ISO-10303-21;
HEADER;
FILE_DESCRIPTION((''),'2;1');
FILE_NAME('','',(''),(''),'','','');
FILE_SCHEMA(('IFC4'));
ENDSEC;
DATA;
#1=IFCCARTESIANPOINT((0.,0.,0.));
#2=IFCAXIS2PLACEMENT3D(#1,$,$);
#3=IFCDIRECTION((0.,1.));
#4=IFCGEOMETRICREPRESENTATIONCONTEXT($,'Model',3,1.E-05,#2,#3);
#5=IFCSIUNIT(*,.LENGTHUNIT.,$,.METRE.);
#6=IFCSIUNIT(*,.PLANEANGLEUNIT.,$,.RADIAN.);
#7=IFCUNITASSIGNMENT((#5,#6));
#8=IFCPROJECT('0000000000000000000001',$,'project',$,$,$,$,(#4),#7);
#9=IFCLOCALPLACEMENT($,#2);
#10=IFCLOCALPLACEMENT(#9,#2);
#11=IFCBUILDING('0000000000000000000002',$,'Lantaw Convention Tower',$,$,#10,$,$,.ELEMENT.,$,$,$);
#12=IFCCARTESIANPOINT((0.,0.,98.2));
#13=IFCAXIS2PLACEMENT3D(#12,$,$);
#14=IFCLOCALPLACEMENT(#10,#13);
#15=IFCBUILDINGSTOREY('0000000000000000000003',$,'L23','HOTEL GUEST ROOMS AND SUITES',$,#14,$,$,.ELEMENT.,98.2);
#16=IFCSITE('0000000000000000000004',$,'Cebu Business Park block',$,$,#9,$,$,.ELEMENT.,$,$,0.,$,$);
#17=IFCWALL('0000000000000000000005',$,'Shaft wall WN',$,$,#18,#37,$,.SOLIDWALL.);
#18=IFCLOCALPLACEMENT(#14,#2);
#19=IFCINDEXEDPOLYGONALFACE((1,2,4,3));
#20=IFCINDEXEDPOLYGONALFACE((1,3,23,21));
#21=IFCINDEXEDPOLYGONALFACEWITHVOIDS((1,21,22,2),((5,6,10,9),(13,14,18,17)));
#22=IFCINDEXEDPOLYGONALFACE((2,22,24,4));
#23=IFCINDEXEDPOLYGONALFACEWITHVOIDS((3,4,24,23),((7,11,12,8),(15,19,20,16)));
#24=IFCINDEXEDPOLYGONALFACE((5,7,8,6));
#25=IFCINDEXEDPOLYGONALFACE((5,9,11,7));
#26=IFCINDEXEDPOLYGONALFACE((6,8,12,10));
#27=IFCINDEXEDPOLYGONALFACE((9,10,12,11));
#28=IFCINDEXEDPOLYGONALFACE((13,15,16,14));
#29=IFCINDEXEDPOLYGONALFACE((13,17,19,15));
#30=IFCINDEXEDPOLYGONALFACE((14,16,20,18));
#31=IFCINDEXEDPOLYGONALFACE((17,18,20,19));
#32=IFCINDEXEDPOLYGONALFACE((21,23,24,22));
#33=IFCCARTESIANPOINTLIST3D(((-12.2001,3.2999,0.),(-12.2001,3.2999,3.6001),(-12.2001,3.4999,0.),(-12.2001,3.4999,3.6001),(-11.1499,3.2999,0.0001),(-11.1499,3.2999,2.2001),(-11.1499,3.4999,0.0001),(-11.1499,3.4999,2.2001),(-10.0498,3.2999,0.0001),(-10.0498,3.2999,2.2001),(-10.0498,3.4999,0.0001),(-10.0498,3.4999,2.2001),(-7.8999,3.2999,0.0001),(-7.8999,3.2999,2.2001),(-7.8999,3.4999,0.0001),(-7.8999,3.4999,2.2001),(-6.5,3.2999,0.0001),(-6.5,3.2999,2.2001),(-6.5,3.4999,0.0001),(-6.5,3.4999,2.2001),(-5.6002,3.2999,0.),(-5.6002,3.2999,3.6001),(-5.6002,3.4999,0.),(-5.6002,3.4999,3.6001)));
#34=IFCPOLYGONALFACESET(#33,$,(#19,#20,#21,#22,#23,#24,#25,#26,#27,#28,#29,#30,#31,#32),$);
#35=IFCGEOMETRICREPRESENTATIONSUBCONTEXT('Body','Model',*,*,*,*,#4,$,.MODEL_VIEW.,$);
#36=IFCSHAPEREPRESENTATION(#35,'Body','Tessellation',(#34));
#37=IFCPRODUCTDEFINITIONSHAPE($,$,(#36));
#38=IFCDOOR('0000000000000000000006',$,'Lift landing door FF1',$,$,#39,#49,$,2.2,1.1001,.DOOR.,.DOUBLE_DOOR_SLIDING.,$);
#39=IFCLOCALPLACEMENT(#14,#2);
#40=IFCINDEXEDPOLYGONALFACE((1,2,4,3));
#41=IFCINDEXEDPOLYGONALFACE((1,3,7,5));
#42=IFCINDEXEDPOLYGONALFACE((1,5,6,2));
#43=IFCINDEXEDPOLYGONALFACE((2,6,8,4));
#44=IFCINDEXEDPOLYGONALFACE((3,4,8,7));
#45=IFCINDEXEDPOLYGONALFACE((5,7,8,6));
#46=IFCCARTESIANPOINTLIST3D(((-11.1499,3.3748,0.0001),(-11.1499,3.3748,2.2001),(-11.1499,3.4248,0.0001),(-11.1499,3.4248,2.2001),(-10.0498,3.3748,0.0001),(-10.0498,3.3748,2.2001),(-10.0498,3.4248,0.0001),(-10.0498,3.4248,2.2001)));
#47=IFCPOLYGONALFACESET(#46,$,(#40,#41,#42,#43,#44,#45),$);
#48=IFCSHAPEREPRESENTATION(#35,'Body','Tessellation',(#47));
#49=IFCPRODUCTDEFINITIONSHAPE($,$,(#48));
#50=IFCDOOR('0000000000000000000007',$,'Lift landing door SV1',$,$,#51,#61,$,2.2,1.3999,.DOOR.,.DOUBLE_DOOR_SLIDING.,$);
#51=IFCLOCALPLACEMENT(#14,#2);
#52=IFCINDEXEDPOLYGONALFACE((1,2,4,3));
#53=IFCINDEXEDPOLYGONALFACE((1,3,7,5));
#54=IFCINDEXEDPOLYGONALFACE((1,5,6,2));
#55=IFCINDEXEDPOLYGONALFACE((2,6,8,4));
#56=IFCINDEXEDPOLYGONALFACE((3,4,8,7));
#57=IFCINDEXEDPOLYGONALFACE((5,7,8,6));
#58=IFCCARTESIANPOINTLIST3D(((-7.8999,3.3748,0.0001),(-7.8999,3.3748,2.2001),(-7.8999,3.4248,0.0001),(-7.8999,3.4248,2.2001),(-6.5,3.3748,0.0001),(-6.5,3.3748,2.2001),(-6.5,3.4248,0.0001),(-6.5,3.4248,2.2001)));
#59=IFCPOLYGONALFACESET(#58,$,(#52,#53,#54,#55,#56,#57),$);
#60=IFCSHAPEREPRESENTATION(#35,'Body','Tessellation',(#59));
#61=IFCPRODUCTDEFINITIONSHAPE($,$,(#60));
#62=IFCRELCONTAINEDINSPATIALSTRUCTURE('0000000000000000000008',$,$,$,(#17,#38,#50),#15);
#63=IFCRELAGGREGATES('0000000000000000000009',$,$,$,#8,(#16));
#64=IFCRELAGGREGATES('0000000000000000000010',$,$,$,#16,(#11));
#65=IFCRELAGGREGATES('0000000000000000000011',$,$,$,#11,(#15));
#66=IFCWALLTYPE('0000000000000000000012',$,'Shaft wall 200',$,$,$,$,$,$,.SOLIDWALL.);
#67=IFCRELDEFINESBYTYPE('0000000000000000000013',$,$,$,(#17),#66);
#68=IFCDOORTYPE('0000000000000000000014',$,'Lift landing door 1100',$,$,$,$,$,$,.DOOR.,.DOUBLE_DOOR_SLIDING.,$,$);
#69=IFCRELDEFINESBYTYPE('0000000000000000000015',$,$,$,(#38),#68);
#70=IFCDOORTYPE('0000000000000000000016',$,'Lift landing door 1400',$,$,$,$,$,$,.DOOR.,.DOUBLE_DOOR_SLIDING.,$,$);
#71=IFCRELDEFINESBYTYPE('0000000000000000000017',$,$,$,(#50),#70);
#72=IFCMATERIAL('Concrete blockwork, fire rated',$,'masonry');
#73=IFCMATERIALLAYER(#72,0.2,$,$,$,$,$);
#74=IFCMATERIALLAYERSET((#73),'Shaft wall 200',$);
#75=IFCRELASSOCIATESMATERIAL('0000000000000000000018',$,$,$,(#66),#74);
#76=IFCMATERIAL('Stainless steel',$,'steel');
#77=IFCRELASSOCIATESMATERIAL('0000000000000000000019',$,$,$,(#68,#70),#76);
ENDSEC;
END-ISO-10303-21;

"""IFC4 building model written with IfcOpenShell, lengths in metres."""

from ifc_helpers import new_model, si_unit, direction, frame, frame_2d, origin, place, context, subcontext, project, spatial, rectangle, extrude, material, layer, layer_set, type_object, element, fill, save


model = new_model("IFC4")

# Units and contexts
model_context = context("Model", 3, precision=1e-05, world=origin(), true_north=direction((0.0, 1.0)))
body_context = subcontext(model_context, "Body", "Model", "MODEL_VIEW")
ifc_project = project(units=[si_unit("LENGTHUNIT", "METRE"), si_unit("PLANEANGLEUNIT", "RADIAN")], contexts=[model_context])

# Site, building, storey
site_placement = place(None, origin())
site = spatial("IfcSite", under=ifc_project, at=site_placement, Name="Cebu Business Park block", CompositionType="ELEMENT", RefElevation=0.0)
building_placement = place(site_placement, origin())
building = spatial("IfcBuilding", under=site, at=building_placement, Name="Lantaw Convention Tower", CompositionType="ELEMENT")
storey_placement = place(building_placement, frame((0.0, 0.0, 98.2)))
storey = spatial("IfcBuildingStorey", under=building, at=storey_placement, Name="L23", Description="HOTEL GUEST ROOMS AND SUITES", CompositionType="ELEMENT", Elevation=98.2)

# Wall, openings, doors
ifc_material_1 = material(Name="Concrete blockwork, fire rated", Category="masonry")
ifc_layer_1 = layer(ifc_material_1, 0.2)
ifc_layer_set_1 = layer_set([ifc_layer_1], Name="Shaft wall 200")
wall_type_1 = type_object("IfcWallType", Name="Shaft wall 200", PredefinedType="SOLIDWALL", material=ifc_layer_set_1)
wall_1_placement = place(storey_placement, frame((-12.2, 3.3999, 0.0), z_axis=(0.0, 0.0, 1.0), x_axis=(1.0, 0.0, 0.0)))
wall_1 = element("IfcWall", 1, at=wall_1_placement, inside=storey, type_object=wall_type_1, Name="Shaft wall WN", PredefinedType="SOLIDWALL", context=body_context, shape_type="SweptSolid", body=[
    extrude(rectangle(XDim=6.5999, YDim=0.2, at=frame_2d((3.2998, 0.0))), origin(), (0.0, 0.0, 1.0), 3.6001),
])
opening_1_placement = place(wall_1_placement, frame((1.05, 0.0, 0.0)))
opening_1 = element("IfcOpeningElement", 2, at=opening_1_placement, cuts=wall_1, PredefinedType="OPENING", context=body_context, shape_type="SweptSolid", body=[
    extrude(rectangle(XDim=1.1001, YDim=2.2, at=frame_2d((0.55, 1.1001))), frame((0.0, 0.1099, 0.0), z_axis=(0.0, -1.0, 0.0), x_axis=(1.0, 0.0, 0.0)), (0.0, 0.0, 1.0), 0.22),
])
opening_2_placement = place(wall_1_placement, frame((4.3, 0.0, 0.0)))
opening_2 = element("IfcOpeningElement", 3, at=opening_2_placement, cuts=wall_1, PredefinedType="OPENING", context=body_context, shape_type="SweptSolid", body=[
    extrude(rectangle(XDim=1.3999, YDim=2.2, at=frame_2d((0.7, 1.1001))), frame((0.0, 0.1099, 0.0), z_axis=(0.0, -1.0, 0.0), x_axis=(1.0, 0.0, 0.0)), (0.0, 0.0, 1.0), 0.22),
])
ifc_material_2 = material(Name="Stainless steel", Category="steel")
door_type_1 = type_object("IfcDoorType", Name="Lift landing door 1100", OperationType="DOUBLE_DOOR_SLIDING", PredefinedType="DOOR", material=ifc_material_2)
door_1_placement = place(opening_1_placement, origin())
door_1 = element("IfcDoor", 4, at=door_1_placement, inside=storey, type_object=door_type_1, Name="Lift landing door FF1", OperationType="DOUBLE_DOOR_SLIDING", OverallHeight=2.2, OverallWidth=1.1001, PredefinedType="DOOR", context=body_context, shape_type="SweptSolid", body=[
    extrude(rectangle(XDim=1.1001, YDim=2.2, at=frame_2d((0.55, 1.1001))), frame((0.0, 0.0249, 0.0), z_axis=(0.0, -1.0, 0.0), x_axis=(1.0, 0.0, 0.0)), (0.0, 0.0, 1.0), 0.05),
])
fill(opening_1, door_1)
door_type_2 = type_object("IfcDoorType", Name="Lift landing door 1400", OperationType="DOUBLE_DOOR_SLIDING", PredefinedType="DOOR", material=ifc_material_2)
door_2_placement = place(opening_2_placement, origin())
door_2 = element("IfcDoor", 5, at=door_2_placement, inside=storey, type_object=door_type_2, Name="Lift landing door SV1", OperationType="DOUBLE_DOOR_SLIDING", OverallHeight=2.2, OverallWidth=1.3999, PredefinedType="DOOR", context=body_context, shape_type="SweptSolid", body=[
    extrude(rectangle(XDim=1.3999, YDim=2.2, at=frame_2d((0.7, 1.1001))), frame((0.0, 0.0249, 0.0), z_axis=(0.0, -1.0, 0.0), x_axis=(1.0, 0.0, 0.0)), (0.0, 0.0, 1.0), 0.05),
])
fill(opening_2, door_2)

save(model, "model.ifc")
